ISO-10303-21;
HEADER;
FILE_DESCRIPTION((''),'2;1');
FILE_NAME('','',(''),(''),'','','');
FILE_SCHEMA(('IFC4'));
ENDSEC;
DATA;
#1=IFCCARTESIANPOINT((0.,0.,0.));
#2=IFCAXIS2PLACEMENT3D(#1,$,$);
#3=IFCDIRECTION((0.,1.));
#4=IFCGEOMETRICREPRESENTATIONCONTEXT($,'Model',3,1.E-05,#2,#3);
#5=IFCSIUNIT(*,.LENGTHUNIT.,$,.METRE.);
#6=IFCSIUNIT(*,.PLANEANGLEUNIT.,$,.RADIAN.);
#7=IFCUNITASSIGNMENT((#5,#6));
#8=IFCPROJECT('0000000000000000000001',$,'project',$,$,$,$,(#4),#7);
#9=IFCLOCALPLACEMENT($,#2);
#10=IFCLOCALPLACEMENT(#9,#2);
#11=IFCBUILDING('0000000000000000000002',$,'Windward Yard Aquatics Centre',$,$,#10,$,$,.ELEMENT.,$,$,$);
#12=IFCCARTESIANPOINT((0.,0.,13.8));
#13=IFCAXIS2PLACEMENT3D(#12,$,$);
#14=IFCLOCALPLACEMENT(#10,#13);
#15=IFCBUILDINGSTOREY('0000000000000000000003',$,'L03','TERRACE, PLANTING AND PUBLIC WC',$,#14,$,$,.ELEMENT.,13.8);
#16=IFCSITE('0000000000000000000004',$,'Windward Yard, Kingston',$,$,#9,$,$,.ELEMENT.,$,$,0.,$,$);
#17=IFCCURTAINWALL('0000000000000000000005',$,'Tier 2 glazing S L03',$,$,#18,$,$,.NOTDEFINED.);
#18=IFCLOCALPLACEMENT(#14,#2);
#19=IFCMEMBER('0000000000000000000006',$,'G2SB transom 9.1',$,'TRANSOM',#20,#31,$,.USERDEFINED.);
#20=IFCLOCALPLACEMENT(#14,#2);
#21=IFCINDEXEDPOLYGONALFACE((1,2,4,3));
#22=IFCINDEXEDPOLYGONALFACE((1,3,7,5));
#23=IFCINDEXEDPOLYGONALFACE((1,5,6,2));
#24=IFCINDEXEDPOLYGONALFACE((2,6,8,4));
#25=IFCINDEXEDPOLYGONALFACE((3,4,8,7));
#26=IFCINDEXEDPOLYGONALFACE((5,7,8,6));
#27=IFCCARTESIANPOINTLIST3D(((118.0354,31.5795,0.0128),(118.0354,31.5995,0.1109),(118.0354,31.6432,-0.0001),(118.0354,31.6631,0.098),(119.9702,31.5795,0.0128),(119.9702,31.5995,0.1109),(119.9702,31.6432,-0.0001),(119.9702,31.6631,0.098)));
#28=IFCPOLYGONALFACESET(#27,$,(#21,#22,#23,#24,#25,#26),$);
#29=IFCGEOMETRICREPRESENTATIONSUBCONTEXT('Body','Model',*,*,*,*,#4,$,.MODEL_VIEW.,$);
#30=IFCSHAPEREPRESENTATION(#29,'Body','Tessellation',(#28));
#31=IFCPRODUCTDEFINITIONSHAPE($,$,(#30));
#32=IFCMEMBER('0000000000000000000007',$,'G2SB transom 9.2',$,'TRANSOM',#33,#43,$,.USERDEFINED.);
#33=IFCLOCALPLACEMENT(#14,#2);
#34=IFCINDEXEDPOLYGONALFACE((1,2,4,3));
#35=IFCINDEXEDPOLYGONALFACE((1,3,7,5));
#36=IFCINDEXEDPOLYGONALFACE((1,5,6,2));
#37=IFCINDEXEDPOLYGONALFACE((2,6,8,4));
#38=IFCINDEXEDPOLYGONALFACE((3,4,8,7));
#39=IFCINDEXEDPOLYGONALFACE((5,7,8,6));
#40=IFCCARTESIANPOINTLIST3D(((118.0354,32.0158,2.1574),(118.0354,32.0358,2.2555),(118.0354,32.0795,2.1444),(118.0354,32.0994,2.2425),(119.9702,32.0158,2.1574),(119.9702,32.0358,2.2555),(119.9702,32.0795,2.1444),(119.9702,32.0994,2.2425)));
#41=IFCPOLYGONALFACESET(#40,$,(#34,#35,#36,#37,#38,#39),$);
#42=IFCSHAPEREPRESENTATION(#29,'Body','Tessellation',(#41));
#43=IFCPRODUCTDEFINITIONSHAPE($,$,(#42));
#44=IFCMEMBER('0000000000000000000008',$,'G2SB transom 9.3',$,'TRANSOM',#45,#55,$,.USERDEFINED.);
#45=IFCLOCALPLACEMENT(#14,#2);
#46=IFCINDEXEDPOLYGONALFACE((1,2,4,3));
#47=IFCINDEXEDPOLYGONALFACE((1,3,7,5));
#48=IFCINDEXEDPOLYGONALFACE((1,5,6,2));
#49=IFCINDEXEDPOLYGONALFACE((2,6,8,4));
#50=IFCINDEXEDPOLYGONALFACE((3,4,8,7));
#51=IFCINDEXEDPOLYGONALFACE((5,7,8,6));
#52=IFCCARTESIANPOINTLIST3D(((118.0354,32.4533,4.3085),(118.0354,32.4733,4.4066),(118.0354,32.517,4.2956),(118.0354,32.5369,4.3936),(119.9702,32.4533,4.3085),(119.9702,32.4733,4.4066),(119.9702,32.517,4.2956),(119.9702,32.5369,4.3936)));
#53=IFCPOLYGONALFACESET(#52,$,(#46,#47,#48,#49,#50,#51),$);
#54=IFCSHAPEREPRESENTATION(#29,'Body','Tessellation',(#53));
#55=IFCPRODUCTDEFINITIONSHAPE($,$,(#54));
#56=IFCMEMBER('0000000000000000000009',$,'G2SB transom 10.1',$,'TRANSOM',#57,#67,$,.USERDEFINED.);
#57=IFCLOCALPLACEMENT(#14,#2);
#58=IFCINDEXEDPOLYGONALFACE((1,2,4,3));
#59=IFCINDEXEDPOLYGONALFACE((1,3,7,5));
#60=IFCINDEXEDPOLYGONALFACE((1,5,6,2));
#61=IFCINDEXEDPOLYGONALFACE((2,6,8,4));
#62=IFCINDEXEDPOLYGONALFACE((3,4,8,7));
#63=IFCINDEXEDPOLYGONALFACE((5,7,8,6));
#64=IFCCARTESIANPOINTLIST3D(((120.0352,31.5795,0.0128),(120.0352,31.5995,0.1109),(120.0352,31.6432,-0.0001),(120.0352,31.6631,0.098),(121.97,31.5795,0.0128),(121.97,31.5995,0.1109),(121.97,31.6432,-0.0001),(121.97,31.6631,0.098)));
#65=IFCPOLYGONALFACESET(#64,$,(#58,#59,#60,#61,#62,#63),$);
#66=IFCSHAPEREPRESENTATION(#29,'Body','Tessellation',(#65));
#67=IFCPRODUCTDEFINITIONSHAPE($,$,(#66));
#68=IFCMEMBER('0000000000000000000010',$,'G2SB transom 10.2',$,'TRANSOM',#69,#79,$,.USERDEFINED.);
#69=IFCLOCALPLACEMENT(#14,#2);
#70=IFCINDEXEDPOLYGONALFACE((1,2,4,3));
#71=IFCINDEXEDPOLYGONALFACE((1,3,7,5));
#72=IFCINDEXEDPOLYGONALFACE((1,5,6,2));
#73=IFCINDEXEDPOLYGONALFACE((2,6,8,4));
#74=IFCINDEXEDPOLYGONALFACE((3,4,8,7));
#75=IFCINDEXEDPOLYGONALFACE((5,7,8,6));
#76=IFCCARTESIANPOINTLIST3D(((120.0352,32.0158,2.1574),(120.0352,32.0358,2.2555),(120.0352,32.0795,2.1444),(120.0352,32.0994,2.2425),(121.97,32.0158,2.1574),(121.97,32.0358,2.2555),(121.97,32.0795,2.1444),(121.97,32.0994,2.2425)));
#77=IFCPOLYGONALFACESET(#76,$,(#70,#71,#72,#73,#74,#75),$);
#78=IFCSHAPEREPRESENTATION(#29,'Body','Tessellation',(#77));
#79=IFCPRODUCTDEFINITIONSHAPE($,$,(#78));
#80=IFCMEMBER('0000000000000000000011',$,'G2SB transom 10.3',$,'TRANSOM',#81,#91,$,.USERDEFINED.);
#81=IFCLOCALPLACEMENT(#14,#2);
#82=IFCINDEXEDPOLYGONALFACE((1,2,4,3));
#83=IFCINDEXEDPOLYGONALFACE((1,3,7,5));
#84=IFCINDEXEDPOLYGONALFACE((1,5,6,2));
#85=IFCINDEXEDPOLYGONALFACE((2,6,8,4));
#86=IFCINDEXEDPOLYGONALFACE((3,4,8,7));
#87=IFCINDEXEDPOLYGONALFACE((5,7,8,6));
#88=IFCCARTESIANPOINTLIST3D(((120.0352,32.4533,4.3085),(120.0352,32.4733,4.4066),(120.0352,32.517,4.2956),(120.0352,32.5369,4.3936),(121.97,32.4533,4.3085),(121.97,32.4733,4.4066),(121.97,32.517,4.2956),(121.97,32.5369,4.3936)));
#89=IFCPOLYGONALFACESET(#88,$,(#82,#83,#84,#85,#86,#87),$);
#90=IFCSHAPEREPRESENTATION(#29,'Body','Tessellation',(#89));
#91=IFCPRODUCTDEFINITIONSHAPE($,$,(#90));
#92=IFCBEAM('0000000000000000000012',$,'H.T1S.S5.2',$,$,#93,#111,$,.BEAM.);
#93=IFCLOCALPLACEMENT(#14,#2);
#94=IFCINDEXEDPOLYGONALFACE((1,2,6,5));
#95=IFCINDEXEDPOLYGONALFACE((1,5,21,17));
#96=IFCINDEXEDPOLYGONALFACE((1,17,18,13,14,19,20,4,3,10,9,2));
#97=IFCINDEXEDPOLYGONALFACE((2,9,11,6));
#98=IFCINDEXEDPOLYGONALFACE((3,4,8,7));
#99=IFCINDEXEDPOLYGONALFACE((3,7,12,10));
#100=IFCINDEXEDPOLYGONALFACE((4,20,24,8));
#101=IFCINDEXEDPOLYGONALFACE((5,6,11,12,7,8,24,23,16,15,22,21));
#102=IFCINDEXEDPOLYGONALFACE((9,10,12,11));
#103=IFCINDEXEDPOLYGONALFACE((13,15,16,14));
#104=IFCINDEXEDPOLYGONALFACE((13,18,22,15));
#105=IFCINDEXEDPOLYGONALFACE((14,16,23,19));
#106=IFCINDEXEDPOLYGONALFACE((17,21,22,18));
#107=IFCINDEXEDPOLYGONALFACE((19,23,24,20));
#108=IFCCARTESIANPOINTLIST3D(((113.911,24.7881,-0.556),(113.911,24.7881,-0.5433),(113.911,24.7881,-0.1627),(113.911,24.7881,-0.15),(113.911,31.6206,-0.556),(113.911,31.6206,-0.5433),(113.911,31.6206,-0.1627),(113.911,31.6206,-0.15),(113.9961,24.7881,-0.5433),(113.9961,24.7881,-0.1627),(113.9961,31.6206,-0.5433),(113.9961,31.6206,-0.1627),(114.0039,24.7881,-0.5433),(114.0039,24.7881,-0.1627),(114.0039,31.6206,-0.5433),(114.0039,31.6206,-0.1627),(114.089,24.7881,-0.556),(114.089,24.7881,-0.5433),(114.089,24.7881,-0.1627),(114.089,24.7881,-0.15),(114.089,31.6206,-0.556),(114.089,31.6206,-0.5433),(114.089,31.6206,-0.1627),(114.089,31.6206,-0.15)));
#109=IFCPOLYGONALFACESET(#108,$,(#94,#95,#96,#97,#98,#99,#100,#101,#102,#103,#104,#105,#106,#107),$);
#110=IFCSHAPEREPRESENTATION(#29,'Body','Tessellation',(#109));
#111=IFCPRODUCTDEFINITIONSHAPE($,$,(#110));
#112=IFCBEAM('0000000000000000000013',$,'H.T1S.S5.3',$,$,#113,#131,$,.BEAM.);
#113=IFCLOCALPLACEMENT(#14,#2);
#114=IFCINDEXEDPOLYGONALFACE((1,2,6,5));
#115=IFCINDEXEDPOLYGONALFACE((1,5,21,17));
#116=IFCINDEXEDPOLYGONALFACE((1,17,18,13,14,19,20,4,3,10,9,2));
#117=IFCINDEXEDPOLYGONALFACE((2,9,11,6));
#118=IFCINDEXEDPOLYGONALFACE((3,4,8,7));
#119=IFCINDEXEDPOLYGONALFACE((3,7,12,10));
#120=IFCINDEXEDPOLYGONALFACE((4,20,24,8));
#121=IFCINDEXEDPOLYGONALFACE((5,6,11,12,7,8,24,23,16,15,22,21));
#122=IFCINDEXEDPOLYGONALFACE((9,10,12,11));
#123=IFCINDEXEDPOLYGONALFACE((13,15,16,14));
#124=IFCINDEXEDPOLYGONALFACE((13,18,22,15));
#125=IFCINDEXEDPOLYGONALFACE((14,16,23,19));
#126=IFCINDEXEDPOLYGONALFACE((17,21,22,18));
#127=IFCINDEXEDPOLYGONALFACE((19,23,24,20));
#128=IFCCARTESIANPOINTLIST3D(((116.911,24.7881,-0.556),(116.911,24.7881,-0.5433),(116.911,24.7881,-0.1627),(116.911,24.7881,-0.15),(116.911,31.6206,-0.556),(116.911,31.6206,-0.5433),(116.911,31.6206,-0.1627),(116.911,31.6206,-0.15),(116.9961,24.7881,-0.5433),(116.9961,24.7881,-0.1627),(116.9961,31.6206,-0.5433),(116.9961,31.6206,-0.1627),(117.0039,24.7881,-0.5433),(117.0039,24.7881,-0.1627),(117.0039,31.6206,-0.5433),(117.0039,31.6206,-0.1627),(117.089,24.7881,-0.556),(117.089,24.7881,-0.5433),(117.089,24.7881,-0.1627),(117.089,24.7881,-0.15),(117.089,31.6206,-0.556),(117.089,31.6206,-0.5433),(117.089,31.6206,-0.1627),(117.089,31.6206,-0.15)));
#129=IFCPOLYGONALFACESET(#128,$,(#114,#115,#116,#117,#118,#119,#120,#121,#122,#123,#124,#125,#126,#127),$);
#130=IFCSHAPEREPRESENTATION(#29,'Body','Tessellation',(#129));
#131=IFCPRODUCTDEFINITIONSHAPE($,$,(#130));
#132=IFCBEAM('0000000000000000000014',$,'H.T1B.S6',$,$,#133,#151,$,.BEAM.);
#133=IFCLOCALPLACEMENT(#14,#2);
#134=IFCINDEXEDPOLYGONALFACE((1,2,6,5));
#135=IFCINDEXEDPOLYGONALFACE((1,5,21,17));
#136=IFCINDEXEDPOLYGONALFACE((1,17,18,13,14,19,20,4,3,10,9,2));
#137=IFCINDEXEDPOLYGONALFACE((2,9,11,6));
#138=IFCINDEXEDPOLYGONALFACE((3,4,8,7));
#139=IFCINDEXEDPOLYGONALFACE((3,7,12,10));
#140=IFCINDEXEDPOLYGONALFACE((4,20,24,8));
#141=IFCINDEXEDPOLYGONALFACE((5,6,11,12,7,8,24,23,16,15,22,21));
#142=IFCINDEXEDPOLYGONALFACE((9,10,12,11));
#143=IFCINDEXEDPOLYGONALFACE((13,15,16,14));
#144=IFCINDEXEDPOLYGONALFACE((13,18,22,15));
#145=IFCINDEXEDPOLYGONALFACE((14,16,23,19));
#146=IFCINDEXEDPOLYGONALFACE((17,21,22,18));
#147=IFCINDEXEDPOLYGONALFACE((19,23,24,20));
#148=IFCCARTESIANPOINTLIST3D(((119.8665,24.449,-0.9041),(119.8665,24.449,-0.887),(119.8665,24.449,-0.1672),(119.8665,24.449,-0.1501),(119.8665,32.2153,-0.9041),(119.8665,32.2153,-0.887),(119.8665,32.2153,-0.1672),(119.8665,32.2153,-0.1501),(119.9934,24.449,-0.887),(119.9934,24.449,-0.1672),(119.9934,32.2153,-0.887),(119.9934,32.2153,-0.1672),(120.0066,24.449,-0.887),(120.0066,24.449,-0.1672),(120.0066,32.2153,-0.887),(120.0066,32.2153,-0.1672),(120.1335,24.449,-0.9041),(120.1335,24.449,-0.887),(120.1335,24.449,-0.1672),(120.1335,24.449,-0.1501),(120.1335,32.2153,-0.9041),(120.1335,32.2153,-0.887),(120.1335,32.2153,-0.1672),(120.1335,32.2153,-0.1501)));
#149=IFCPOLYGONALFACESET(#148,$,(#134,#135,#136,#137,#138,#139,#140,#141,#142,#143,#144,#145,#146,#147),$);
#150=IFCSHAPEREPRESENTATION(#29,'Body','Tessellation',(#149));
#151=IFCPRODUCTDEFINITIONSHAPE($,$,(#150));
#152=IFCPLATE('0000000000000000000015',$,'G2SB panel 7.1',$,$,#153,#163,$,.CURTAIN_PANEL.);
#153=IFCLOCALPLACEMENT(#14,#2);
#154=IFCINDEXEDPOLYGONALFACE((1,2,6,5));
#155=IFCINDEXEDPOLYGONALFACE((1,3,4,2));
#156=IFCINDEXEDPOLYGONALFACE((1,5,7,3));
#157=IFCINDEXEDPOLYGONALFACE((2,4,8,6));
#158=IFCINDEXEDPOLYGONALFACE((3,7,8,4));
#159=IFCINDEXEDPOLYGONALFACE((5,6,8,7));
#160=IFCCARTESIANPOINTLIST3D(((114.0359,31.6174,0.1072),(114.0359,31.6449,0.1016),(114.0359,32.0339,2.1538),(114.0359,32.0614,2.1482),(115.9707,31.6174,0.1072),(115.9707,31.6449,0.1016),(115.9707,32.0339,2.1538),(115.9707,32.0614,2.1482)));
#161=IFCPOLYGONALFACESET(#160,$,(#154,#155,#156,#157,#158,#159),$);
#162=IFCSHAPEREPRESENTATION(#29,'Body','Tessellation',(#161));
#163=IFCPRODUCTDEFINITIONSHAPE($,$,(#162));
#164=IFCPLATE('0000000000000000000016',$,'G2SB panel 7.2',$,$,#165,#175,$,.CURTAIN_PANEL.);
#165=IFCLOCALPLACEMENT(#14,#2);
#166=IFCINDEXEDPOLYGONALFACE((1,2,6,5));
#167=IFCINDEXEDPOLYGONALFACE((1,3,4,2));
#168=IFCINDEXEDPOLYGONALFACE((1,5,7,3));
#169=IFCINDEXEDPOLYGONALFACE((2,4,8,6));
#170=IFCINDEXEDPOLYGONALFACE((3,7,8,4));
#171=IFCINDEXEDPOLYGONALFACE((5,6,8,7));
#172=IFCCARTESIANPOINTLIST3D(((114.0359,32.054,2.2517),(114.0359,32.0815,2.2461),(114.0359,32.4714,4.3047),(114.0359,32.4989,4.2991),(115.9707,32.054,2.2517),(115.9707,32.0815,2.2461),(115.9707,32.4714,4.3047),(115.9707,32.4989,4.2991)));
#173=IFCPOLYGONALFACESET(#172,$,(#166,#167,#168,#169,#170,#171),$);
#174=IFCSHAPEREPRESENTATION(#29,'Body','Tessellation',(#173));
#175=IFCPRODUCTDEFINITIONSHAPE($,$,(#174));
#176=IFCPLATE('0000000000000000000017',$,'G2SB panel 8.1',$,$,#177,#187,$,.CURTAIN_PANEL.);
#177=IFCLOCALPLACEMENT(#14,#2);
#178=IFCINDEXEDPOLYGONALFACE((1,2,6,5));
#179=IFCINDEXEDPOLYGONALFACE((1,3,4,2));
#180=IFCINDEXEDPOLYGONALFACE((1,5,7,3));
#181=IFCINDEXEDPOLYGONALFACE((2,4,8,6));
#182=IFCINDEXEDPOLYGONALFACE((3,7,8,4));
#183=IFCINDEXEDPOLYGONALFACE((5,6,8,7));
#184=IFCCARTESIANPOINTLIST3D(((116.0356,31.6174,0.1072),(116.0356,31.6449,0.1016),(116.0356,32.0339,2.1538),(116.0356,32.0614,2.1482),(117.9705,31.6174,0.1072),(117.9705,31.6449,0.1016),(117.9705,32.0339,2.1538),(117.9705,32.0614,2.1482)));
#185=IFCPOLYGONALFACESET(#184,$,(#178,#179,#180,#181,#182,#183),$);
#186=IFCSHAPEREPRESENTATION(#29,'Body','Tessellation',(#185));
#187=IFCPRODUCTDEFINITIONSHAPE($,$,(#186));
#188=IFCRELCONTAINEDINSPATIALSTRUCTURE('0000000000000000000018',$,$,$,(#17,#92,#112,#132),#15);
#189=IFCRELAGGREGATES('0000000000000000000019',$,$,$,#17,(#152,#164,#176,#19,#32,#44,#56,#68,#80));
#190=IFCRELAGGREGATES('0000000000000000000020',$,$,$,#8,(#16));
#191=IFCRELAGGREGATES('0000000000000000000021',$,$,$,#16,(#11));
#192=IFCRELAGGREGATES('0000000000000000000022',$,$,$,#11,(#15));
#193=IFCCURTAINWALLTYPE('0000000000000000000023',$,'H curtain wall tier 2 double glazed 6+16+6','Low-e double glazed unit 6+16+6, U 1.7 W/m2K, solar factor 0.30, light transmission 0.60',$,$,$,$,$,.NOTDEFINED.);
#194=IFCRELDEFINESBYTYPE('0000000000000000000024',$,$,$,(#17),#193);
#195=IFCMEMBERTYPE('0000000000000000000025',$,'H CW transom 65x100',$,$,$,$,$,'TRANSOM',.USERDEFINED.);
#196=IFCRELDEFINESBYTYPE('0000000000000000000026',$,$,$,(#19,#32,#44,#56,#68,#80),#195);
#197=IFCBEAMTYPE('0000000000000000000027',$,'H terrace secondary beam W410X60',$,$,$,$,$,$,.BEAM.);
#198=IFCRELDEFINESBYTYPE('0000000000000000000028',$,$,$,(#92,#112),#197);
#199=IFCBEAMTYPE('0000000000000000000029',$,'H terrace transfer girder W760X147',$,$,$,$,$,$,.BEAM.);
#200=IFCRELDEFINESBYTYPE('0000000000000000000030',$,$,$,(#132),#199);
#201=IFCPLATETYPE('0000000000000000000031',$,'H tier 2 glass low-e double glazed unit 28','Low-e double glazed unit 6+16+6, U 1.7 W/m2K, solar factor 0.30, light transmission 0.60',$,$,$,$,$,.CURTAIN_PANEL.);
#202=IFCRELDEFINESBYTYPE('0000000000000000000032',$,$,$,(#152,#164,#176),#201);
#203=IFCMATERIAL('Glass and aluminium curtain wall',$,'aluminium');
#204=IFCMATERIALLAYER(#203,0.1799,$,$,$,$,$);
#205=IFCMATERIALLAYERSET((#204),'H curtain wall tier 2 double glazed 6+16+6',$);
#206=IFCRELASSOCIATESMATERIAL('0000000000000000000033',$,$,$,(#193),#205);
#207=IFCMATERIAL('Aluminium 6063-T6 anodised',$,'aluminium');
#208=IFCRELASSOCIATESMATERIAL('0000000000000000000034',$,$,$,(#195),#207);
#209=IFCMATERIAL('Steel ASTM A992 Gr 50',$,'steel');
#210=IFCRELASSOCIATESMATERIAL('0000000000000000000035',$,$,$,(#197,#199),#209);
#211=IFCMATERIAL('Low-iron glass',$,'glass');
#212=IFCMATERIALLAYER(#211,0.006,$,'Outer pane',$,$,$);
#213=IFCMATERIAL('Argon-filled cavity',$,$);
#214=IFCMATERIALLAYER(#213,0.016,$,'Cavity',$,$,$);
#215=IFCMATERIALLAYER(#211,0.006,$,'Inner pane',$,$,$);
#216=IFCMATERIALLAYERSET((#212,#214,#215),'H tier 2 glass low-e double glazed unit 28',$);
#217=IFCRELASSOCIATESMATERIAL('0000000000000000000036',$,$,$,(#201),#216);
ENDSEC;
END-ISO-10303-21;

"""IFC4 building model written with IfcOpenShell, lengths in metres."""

from ifc_helpers import new_model, si_unit, direction, frame, origin, origin_2d, place, context, subcontext, project, spatial, polyline, rectangle, i_section, outline, extrude, material, layer, layer_set, material_profile, profile_set, type_object, element, aggregate, save


model = new_model("IFC4")

# Units and contexts
model_context = context("Model", 3, precision=1e-05, world=origin(), true_north=direction((0.0, 1.0)))
body_context = subcontext(model_context, "Body", "Model", "MODEL_VIEW")
ifc_project = project(units=[si_unit("LENGTHUNIT", "METRE"), si_unit("PLANEANGLEUNIT", "RADIAN")], contexts=[model_context])

# Site, building, storey
site_placement = place(None, origin())
site = spatial("IfcSite", under=ifc_project, at=site_placement, Name="Windward Yard, Kingston", CompositionType="ELEMENT", RefElevation=0.0)
building_placement = place(site_placement, origin())
building = spatial("IfcBuilding", under=site, at=building_placement, Name="Windward Yard Aquatics Centre", CompositionType="ELEMENT")
storey_placement = place(building_placement, frame((0.0, 0.0, 13.8)))
storey = spatial("IfcBuildingStorey", under=building, at=storey_placement, Name="L03", Description="TERRACE, PLANTING AND PUBLIC WC", CompositionType="ELEMENT", Elevation=13.8)

# Curtain wall, members
ifc_material_1 = material(Name="Glass and aluminium curtain wall", Category="aluminium")
ifc_layer_1 = layer(ifc_material_1, 0.1799)
ifc_layer_set_1 = layer_set([ifc_layer_1], Name="H curtain wall tier 2 double glazed 6+16+6")
curtain_wall_type = type_object("IfcCurtainWallType", Name="H curtain wall tier 2 double glazed 6+16+6", Description="Low-e double glazed unit 6+16+6, U 1.7 W/m2K, solar factor 0.30, light transmission 0.60", PredefinedType="NOTDEFINED", material=ifc_layer_set_1)
curtain_wall_placement = place(storey_placement, origin())
curtain_wall = element("IfcCurtainWall", 1, at=curtain_wall_placement, inside=storey, type_object=curtain_wall_type, Name="Tier 2 glazing S L03", PredefinedType="NOTDEFINED")
ifc_material_2 = material(Name="Aluminium 6063-T6 anodised", Category="aluminium")
ifc_material_profile_1 = material_profile(ifc_material_2, rectangle(XDim=0.0649, YDim=0.1001, at=origin_2d()), Name="H CW transom 65x100")
ifc_profile_set_1 = profile_set([ifc_material_profile_1], Name="Aluminium 6063-T6 anodised")
member_type_1 = type_object("IfcMemberType", Name="H CW transom 65x100", ElementType="TRANSOM", PredefinedType="USERDEFINED", material=ifc_profile_set_1)
member_1_placement = place(storey_placement, frame((118.0354, 31.6213, 0.0554), z_axis=(1.0, 0.0, 0.0), x_axis=(0.0, -0.979925, 0.199368)))
member_1 = element("IfcMember", 2, at=member_1_placement, type_object=member_type_1, Name="G2SB transom 9.1", ObjectType="TRANSOM", PredefinedType="USERDEFINED", context=body_context, shape_type="SweptSolid", body=[
    extrude(rectangle(XDim=0.0649, YDim=0.1001, at=origin_2d()), origin(), (0.0, 0.0, 1.0), 1.9348),
])
member_2_placement = place(storey_placement, frame((118.0354, 32.0576, 2.2), z_axis=(1.0, 0.0, 0.0), x_axis=(0.0, -0.979925, 0.199368)))
member_2 = element("IfcMember", 3, at=member_2_placement, type_object=member_type_1, Name="G2SB transom 9.2", ObjectType="TRANSOM", PredefinedType="USERDEFINED", context=body_context, shape_type="SweptSolid", body=[
    extrude(rectangle(XDim=0.0649, YDim=0.1001, at=origin_2d()), origin(), (0.0, 0.0, 1.0), 1.9348),
])
member_3_placement = place(storey_placement, frame((118.0354, 32.4951, 4.3511), z_axis=(1.0, 0.0, 0.0), x_axis=(0.0, -0.979925, 0.199368)))
member_3 = element("IfcMember", 4, at=member_3_placement, type_object=member_type_1, Name="G2SB transom 9.3", ObjectType="TRANSOM", PredefinedType="USERDEFINED", context=body_context, shape_type="SweptSolid", body=[
    extrude(rectangle(XDim=0.0649, YDim=0.1001, at=origin_2d()), origin(), (0.0, 0.0, 1.0), 1.9348),
])
member_4_placement = place(storey_placement, frame((120.0352, 31.6213, 0.0554), z_axis=(1.0, 0.0, 0.0), x_axis=(0.0, -0.979925, 0.199368)))
member_4 = element("IfcMember", 5, at=member_4_placement, type_object=member_type_1, Name="G2SB transom 10.1", ObjectType="TRANSOM", PredefinedType="USERDEFINED", context=body_context, shape_type="SweptSolid", body=[
    extrude(rectangle(XDim=0.0649, YDim=0.1001, at=origin_2d()), origin(), (0.0, 0.0, 1.0), 1.9348),
])
member_5_placement = place(storey_placement, frame((120.0352, 32.0576, 2.2), z_axis=(1.0, 0.0, 0.0), x_axis=(0.0, -0.979925, 0.199368)))
member_5 = element("IfcMember", 6, at=member_5_placement, type_object=member_type_1, Name="G2SB transom 10.2", ObjectType="TRANSOM", PredefinedType="USERDEFINED", context=body_context, shape_type="SweptSolid", body=[
    extrude(rectangle(XDim=0.0649, YDim=0.1001, at=origin_2d()), origin(), (0.0, 0.0, 1.0), 1.9348),
])
member_6_placement = place(storey_placement, frame((120.0352, 32.4951, 4.3511), z_axis=(1.0, 0.0, 0.0), x_axis=(0.0, -0.979925, 0.199368)))
member_6 = element("IfcMember", 7, at=member_6_placement, type_object=member_type_1, Name="G2SB transom 10.3", ObjectType="TRANSOM", PredefinedType="USERDEFINED", context=body_context, shape_type="SweptSolid", body=[
    extrude(rectangle(XDim=0.0649, YDim=0.1001, at=origin_2d()), origin(), (0.0, 0.0, 1.0), 1.9348),
])

# Beams
ifc_material_3 = material(Name="Steel ASTM A992 Gr 50", Category="steel")
ifc_material_profile_2 = material_profile(ifc_material_3, i_section(OverallWidth=0.178, OverallDepth=0.406, WebThickness=0.0078, FlangeThickness=0.0127, at=origin_2d()), Name="W410X60")
ifc_profile_set_2 = profile_set([ifc_material_profile_2], Name="Steel ASTM A992 Gr 50")
beam_type_1 = type_object("IfcBeamType", Name="H terrace secondary beam W410X60", PredefinedType="BEAM", material=ifc_profile_set_2)
for number, where, z_axis, x_axis, name in (
    (8, (114.0, 24.7881, -0.353), (0.0, 1.0, 0.0), (-1.0, 0.0, 0.0), "H.T1S.S5.2"),
    (9, (117.0, 24.7881, -0.353), (0.0, 1.0, 0.0), (-1.0, 0.0, 0.0), "H.T1S.S5.3"),
):
    element("IfcBeam", number, at=place(storey_placement, frame(where, z_axis=z_axis, x_axis=x_axis)), inside=storey, type_object=beam_type_1, Name=name, PredefinedType="BEAM", context=body_context, shape_type="SweptSolid", body=[
        extrude(i_section(OverallWidth=0.178, OverallDepth=0.406, WebThickness=0.0078, FlangeThickness=0.0127, at=origin_2d()), origin(), (0.0, 0.0, 1.0), 6.8325),
    ])
ifc_material_profile_3 = material_profile(ifc_material_3, i_section(OverallWidth=0.2671, OverallDepth=0.7539, WebThickness=0.0132, FlangeThickness=0.0171, at=origin_2d()), Name="W760X147")
ifc_profile_set_3 = profile_set([ifc_material_profile_3], Name="Steel ASTM A992 Gr 50")
beam_type_2 = type_object("IfcBeamType", Name="H terrace transfer girder W760X147", PredefinedType="BEAM", material=ifc_profile_set_3)
beam_placement = place(storey_placement, frame((120.0, 24.449, -0.5271), z_axis=(0.0, 1.0, 0.0), x_axis=(-1.0, 0.0, 0.0)))
element("IfcBeam", 10, at=beam_placement, inside=storey, type_object=beam_type_2, Name="H.T1B.S6", PredefinedType="BEAM", context=body_context, shape_type="SweptSolid", body=[
    extrude(i_section(OverallWidth=0.2671, OverallDepth=0.7539, WebThickness=0.0132, FlangeThickness=0.0171, at=origin_2d()), origin(), (0.0, 0.0, 1.0), 7.7664),
])

# Plates
ifc_material_4 = material(Name="Low-iron glass", Category="glass")
ifc_layer_2 = layer(ifc_material_4, 0.006, Name="Outer pane")
ifc_material_5 = material(Name="Argon-filled cavity")
ifc_layer_3 = layer(ifc_material_5, 0.016, Name="Cavity")
ifc_layer_4 = layer(ifc_material_4, 0.006, Name="Inner pane")
ifc_layer_set_2 = layer_set([ifc_layer_2, ifc_layer_3, ifc_layer_4], Name="H tier 2 glass low-e double glazed unit 28")
plate_type = type_object("IfcPlateType", Name="H tier 2 glass low-e double glazed unit 28", Description="Low-e double glazed unit 6+16+6, U 1.7 W/m2K, solar factor 0.30, light transmission 0.60", PredefinedType="CURTAIN_PANEL", material=ifc_layer_set_2)
plate_1_placement = place(storey_placement, frame((114.0359, 31.6174, 0.1072), z_axis=(0.0, -0.979914, 0.199419), x_axis=(1.0, 0.0, 0.0)))
plate_1 = element("IfcPlate", 11, at=plate_1_placement, type_object=plate_type, Name="G2SB panel 7.1", PredefinedType="CURTAIN_PANEL", context=body_context, shape_type="SweptSolid", body=[
    extrude(outline(polyline([(0.0, 0.0), (1.9348, 0.0), (1.9348, 2.0886), (0.0, 2.0886), (0.0, 0.0)])), origin(), (0.0, 0.0, -1.0), 0.0281),
])
plate_2_placement = place(storey_placement, frame((114.0359, 32.054, 2.2517), z_axis=(0.0, -0.979944, 0.199275), x_axis=(1.0, 0.0, 0.0)))
plate_2 = element("IfcPlate", 12, at=plate_2_placement, type_object=plate_type, Name="G2SB panel 7.2", PredefinedType="CURTAIN_PANEL", context=body_context, shape_type="SweptSolid", body=[
    extrude(outline(polyline([(0.0, 0.0), (1.9348, 0.0), (1.9348, 2.095), (0.0, 2.095), (0.0, 0.0)])), origin(), (0.0, 0.0, -1.0), 0.0281),
])
plate_3_placement = place(storey_placement, frame((116.0356, 31.6174, 0.1072), z_axis=(0.0, -0.979914, 0.199419), x_axis=(1.0, 0.0, 0.0)))
plate_3 = element("IfcPlate", 13, at=plate_3_placement, type_object=plate_type, Name="G2SB panel 8.1", PredefinedType="CURTAIN_PANEL", context=body_context, shape_type="SweptSolid", body=[
    extrude(outline(polyline([(0.0, 0.0), (1.9348, 0.0), (1.9348, 2.0886), (0.0, 2.0886), (0.0, 0.0)])), origin(), (0.0, 0.0, -1.0), 0.0281),
])
aggregate(curtain_wall, [plate_1, plate_2, plate_3, member_1, member_2, member_3, member_4, member_5, member_6])

save(model, "model.ifc")
